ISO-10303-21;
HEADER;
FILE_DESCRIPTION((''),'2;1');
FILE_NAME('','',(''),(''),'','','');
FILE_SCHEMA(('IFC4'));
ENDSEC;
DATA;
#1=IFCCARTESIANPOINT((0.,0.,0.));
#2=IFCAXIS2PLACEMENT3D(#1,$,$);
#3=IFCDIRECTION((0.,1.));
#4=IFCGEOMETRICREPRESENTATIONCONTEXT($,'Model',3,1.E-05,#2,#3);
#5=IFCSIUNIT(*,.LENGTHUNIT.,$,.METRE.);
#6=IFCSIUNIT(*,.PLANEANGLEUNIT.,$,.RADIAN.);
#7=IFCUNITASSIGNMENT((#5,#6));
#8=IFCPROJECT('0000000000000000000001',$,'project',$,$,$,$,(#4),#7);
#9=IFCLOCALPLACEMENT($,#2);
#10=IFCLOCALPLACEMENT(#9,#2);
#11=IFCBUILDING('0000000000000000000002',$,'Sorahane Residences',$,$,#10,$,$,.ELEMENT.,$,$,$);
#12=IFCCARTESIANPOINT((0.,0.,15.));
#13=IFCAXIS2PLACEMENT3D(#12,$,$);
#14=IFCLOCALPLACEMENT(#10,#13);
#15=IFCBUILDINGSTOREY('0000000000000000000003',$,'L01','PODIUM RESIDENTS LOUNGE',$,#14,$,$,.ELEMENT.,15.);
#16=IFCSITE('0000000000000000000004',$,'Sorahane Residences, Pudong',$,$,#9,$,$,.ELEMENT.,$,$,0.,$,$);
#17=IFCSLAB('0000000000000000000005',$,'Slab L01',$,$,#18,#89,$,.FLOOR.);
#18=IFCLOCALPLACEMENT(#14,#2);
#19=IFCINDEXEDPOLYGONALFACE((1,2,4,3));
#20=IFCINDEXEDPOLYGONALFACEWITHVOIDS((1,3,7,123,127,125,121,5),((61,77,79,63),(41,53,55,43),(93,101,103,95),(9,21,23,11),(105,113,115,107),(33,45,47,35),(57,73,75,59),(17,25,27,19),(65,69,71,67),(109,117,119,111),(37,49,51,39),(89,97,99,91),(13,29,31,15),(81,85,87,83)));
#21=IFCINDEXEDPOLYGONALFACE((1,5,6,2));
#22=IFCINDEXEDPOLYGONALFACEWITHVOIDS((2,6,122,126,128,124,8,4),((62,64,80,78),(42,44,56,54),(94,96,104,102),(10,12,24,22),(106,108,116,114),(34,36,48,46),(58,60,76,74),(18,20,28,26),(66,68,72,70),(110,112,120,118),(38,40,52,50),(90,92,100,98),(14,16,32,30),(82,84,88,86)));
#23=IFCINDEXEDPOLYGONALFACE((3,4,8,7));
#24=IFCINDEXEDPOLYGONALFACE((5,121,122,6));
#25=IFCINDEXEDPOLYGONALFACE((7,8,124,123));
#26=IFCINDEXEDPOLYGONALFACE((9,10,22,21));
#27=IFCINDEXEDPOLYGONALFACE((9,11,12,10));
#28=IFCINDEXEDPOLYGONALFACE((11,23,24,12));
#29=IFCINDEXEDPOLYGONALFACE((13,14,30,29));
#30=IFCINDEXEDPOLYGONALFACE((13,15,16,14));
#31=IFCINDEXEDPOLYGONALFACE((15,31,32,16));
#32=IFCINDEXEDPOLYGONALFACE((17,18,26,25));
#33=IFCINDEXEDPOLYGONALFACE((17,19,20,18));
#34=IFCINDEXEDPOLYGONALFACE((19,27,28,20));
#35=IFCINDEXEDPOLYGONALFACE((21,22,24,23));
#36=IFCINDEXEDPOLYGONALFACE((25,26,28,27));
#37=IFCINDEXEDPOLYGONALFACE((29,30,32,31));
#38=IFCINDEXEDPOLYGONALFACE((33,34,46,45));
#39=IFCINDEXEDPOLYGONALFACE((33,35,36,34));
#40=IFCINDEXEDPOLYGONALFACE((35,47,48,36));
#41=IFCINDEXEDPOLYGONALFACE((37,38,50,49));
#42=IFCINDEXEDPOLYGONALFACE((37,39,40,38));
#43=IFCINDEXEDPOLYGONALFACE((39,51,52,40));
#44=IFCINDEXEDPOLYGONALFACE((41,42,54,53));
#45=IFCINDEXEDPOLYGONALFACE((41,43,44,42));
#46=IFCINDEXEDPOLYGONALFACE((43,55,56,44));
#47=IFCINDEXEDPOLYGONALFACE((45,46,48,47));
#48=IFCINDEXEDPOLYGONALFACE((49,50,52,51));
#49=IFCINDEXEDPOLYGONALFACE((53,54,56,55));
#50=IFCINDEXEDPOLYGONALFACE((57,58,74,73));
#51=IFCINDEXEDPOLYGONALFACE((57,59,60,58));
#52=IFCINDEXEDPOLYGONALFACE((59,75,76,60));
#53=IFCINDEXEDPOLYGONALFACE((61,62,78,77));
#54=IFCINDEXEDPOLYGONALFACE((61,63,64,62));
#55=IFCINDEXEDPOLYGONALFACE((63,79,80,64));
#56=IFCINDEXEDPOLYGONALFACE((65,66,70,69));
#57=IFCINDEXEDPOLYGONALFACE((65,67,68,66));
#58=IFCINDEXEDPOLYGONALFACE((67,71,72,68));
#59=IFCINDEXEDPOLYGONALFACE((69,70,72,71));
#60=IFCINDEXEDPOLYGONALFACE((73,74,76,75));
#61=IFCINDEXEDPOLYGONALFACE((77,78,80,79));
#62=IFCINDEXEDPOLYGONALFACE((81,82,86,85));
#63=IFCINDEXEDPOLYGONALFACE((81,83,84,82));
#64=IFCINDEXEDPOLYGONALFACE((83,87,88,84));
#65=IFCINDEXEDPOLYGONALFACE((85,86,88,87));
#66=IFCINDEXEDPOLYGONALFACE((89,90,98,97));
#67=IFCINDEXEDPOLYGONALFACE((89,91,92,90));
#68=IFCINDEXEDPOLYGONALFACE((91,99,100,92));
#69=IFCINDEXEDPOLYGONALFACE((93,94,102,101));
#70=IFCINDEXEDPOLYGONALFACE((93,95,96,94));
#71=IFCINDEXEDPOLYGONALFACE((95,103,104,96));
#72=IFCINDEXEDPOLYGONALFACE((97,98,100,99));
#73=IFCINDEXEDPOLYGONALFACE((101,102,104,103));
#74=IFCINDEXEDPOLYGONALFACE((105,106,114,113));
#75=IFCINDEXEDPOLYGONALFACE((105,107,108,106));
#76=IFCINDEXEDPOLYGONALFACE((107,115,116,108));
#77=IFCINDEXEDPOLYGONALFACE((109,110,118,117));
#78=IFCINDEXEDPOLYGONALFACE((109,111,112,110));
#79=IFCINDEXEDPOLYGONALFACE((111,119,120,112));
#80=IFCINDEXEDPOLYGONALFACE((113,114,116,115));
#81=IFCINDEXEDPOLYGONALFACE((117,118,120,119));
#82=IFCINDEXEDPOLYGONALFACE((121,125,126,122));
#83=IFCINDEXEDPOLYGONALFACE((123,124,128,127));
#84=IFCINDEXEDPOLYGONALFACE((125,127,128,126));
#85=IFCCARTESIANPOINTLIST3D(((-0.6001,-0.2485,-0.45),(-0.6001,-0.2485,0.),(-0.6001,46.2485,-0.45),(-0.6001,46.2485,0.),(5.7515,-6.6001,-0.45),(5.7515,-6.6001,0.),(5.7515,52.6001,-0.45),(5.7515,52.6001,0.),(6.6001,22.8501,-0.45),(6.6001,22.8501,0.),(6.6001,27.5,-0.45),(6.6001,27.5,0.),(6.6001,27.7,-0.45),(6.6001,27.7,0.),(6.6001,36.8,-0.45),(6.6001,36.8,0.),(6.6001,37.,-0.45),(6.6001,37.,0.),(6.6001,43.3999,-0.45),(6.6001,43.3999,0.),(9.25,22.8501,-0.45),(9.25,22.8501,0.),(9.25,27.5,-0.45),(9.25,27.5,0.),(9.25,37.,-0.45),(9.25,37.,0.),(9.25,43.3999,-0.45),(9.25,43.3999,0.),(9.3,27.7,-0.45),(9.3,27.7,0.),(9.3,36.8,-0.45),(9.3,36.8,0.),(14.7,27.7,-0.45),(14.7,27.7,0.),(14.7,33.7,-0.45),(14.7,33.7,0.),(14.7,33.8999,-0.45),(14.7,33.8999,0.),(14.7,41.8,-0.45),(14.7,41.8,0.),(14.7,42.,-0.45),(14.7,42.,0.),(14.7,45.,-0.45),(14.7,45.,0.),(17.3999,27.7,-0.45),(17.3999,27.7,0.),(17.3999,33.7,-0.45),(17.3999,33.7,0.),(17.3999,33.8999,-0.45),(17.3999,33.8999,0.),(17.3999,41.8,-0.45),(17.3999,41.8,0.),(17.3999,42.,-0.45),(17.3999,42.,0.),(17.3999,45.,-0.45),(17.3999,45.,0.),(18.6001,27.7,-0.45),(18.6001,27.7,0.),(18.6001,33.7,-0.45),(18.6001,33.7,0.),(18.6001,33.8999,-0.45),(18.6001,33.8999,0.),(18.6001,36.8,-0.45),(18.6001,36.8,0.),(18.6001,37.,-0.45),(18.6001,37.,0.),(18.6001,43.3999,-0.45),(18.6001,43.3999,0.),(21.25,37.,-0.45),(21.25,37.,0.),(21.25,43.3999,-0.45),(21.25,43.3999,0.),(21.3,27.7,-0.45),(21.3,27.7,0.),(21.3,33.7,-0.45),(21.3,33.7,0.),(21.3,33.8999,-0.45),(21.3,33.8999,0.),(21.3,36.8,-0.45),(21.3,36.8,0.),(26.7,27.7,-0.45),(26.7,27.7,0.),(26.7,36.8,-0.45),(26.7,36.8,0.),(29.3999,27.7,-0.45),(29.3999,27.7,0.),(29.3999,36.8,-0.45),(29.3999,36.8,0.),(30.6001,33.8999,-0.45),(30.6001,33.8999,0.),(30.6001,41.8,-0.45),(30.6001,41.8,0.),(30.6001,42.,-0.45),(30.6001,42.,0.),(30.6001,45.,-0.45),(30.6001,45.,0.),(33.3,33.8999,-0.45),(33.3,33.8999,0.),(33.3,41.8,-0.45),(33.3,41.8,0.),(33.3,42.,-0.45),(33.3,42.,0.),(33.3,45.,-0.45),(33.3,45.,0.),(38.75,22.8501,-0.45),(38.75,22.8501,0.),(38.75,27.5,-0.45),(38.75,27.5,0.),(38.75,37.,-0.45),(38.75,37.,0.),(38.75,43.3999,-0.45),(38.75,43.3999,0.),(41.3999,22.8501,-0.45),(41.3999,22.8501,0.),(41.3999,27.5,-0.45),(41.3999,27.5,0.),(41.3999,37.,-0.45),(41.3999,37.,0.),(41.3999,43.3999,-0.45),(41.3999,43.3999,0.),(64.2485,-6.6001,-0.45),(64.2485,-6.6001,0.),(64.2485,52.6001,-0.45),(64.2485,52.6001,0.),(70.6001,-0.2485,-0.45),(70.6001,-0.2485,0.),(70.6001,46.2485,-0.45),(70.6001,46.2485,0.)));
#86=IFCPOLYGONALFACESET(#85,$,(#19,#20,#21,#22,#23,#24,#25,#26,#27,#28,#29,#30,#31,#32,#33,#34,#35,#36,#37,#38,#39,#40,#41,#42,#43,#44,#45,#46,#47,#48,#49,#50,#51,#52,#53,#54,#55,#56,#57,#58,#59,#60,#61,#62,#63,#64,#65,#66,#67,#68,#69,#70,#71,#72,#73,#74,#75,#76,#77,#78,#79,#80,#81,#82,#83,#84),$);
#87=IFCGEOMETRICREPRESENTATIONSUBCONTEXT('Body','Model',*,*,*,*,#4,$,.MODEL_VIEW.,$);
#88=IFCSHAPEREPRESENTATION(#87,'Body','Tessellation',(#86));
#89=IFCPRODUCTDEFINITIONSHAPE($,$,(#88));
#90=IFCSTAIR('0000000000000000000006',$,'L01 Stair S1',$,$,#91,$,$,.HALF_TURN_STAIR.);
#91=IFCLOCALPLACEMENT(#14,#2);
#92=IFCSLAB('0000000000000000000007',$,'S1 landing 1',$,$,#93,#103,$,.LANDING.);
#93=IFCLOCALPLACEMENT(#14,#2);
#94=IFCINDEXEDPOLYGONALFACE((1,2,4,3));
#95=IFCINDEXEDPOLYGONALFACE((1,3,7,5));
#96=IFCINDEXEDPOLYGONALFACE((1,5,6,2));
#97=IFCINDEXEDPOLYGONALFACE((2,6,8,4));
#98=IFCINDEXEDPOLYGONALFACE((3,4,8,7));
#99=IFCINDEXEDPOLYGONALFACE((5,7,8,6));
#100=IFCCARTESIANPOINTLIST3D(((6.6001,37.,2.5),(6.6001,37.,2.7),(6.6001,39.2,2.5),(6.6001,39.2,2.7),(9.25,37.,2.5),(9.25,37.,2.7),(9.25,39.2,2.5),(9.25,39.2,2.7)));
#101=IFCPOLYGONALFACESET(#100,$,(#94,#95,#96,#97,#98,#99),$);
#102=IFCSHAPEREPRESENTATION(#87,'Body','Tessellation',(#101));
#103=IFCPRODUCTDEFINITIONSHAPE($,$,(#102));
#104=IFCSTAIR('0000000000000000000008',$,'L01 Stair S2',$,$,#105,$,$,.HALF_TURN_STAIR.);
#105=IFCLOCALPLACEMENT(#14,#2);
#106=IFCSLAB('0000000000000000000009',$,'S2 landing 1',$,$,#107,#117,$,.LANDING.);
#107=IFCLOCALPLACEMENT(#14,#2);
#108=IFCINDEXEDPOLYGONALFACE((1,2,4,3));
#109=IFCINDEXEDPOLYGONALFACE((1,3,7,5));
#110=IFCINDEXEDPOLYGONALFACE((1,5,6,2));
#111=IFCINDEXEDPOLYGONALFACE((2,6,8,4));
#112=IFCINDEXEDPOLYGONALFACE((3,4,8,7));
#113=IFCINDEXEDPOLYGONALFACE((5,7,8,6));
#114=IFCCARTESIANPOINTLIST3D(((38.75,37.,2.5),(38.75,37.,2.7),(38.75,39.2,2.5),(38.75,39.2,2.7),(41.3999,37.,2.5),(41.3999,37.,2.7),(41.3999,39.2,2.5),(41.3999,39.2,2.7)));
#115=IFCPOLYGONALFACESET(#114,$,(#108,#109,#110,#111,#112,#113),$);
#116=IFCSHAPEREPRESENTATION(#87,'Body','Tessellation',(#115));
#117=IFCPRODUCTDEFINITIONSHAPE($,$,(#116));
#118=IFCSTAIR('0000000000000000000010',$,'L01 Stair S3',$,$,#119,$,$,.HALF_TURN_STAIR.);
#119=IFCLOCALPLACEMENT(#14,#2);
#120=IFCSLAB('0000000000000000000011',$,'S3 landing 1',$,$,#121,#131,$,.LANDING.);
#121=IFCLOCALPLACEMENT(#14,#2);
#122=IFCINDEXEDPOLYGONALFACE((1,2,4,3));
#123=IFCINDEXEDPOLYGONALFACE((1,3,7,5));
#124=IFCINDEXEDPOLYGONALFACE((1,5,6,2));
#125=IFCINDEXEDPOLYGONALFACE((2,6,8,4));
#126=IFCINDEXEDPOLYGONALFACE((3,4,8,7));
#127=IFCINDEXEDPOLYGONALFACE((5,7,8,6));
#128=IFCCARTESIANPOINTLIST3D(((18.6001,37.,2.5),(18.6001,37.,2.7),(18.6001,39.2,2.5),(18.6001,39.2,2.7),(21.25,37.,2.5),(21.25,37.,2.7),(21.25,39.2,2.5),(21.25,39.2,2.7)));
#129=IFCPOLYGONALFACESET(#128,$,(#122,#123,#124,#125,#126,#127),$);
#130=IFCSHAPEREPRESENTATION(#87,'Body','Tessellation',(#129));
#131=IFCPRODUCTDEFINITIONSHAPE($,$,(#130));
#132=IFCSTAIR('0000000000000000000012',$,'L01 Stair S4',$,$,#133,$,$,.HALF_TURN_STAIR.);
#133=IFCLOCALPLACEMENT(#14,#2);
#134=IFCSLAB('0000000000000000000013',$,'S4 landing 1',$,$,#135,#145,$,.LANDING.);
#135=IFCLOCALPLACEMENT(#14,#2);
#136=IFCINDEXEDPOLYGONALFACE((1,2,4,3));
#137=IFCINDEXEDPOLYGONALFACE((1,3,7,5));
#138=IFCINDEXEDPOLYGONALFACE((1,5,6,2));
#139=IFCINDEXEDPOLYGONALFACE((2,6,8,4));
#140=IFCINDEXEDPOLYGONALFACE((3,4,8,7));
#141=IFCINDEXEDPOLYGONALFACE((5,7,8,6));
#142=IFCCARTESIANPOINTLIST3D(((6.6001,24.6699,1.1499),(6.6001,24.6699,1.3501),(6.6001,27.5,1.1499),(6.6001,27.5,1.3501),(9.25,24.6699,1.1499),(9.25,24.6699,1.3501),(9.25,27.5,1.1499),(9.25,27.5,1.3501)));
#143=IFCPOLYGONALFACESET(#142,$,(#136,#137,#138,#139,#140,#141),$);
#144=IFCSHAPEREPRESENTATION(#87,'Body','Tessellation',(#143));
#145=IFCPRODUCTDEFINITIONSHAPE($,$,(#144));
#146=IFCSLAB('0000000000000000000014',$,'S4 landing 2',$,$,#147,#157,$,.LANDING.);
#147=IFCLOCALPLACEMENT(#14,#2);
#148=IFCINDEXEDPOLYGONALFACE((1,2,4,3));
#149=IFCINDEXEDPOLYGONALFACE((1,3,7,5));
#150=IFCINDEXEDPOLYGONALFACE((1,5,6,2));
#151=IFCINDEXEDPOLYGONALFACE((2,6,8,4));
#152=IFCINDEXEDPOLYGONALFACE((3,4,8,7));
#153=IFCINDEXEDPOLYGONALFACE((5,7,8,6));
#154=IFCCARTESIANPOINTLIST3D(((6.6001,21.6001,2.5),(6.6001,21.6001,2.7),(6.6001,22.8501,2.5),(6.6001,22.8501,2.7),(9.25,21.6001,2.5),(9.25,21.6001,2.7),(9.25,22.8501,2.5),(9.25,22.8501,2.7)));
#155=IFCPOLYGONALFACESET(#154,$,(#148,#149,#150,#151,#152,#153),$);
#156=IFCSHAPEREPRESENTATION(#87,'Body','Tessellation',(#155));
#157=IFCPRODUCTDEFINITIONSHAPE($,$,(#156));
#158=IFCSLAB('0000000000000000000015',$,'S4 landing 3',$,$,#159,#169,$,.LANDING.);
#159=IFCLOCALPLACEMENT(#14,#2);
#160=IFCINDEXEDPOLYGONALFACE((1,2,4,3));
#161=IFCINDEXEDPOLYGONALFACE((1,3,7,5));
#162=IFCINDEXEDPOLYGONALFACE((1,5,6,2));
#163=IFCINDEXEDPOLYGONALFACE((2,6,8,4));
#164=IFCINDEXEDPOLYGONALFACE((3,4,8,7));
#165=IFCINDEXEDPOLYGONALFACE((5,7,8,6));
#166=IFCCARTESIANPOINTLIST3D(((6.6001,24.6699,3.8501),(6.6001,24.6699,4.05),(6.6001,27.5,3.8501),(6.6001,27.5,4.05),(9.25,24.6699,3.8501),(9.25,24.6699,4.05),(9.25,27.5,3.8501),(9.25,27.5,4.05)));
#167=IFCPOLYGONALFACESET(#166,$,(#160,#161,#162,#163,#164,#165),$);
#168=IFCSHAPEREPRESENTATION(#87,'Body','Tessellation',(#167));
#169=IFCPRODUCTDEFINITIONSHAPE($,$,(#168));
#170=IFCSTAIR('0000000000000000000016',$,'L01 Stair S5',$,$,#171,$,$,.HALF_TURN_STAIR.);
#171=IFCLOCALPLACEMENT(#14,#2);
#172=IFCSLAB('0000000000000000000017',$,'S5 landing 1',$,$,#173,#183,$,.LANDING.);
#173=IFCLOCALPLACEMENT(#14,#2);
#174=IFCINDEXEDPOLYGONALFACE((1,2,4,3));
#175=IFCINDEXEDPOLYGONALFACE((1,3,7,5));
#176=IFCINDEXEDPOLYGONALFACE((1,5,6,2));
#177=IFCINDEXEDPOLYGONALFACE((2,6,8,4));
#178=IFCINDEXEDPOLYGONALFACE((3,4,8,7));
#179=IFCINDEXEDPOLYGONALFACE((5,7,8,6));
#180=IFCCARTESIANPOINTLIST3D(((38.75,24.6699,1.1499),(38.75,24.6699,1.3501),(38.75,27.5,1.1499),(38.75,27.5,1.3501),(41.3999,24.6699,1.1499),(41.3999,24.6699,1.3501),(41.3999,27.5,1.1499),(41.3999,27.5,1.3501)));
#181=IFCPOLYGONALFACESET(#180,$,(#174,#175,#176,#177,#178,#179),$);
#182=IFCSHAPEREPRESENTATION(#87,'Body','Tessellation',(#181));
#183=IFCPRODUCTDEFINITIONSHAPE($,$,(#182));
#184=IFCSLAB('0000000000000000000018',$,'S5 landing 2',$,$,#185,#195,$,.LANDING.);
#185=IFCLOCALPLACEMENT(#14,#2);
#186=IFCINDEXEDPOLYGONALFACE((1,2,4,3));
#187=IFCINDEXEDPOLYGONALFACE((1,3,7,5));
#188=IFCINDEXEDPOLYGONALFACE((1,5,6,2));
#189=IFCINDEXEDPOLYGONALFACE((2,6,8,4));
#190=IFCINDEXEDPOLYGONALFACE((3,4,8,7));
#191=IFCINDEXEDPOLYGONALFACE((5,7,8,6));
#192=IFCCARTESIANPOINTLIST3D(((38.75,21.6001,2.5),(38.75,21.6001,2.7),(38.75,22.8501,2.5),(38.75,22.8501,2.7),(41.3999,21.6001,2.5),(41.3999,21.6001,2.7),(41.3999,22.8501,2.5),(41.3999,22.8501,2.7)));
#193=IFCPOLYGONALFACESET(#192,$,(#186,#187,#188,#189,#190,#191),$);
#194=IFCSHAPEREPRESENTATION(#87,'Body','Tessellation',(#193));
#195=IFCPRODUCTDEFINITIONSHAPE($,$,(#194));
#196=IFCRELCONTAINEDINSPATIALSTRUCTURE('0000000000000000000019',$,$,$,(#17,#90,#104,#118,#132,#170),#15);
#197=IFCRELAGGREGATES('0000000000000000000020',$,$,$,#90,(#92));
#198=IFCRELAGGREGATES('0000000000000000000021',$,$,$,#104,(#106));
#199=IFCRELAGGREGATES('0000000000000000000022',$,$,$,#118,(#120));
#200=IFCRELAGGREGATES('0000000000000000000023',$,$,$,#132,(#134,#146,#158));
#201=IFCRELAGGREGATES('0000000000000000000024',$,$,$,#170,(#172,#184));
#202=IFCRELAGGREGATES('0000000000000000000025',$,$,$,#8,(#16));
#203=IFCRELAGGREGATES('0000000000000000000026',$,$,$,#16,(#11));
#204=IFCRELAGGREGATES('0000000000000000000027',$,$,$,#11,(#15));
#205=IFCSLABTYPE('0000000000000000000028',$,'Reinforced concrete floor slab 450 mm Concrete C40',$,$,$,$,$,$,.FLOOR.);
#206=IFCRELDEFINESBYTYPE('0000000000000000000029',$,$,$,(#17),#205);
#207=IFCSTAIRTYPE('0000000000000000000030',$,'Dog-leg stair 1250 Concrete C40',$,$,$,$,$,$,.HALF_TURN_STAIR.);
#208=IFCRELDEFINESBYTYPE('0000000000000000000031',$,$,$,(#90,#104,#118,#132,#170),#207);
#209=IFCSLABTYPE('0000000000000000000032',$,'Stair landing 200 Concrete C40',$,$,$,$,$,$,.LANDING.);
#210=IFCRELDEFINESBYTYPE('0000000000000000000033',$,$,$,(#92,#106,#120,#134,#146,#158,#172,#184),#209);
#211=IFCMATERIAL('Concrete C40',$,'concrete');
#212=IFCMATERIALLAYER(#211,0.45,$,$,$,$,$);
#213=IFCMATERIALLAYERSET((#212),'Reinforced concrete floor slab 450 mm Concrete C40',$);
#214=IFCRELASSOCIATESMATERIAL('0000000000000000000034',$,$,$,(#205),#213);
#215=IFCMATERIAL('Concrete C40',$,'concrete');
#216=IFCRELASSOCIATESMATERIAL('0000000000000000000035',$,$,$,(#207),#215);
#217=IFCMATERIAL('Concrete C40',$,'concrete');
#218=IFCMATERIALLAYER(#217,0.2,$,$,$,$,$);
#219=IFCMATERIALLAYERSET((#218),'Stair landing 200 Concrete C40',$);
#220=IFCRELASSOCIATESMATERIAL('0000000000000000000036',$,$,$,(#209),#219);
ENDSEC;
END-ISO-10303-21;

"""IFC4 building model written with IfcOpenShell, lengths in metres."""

from ifc_helpers import new_model, si_unit, direction, frame, origin, place, context, subcontext, project, spatial, polyline, outline, extrude, material, layer, layer_set, type_object, element, aggregate, save


model = new_model("IFC4")

# Units and contexts
model_context = context("Model", 3, precision=1e-05, world=origin(), true_north=direction((0.0, 1.0)))
body_context = subcontext(model_context, "Body", "Model", "MODEL_VIEW")
ifc_project = project(units=[si_unit("LENGTHUNIT", "METRE"), si_unit("PLANEANGLEUNIT", "RADIAN")], contexts=[model_context])

# Site, building, storey
site_placement = place(None, origin())
site = spatial("IfcSite", under=ifc_project, at=site_placement, Name="Sorahane Residences, Pudong", CompositionType="ELEMENT", RefElevation=0.0)
building_placement = place(site_placement, origin())
building = spatial("IfcBuilding", under=site, at=building_placement, Name="Sorahane Residences", CompositionType="ELEMENT")
storey_placement = place(building_placement, frame((0.0, 0.0, 15.0)))
storey = spatial("IfcBuildingStorey", under=building, at=storey_placement, Name="L01", Description="PODIUM RESIDENTS LOUNGE", CompositionType="ELEMENT", Elevation=15.0)

# Slab
ifc_material_1 = material(Name="Concrete C40", Category="concrete")
ifc_layer_1 = layer(ifc_material_1, 0.45)
ifc_layer_set_1 = layer_set([ifc_layer_1], Name="Reinforced concrete floor slab 450 mm Concrete C40")
slab_type_1 = type_object("IfcSlabType", Name="Reinforced concrete floor slab 450 mm Concrete C40", PredefinedType="FLOOR", material=ifc_layer_set_1)
slab_1_placement = place(storey_placement, frame((0.0, 0.0, -0.45)))
element("IfcSlab", 1, at=slab_1_placement, inside=storey, type_object=slab_type_1, Name="Slab L01", PredefinedType="FLOOR", context=body_context, shape_type="SweptSolid", body=[
    extrude(outline(polyline([(5.7515, -6.6001), (-0.6001, -0.2485), (-0.6001, 46.2485), (5.7515, 52.6001), (64.2485, 52.6001), (70.6001, 46.2485), (70.6001, -0.2485), (64.2485, -6.6001), (5.7515, -6.6001)]), holes=[polyline([(18.6001, 27.7), (21.3, 27.7), (21.3, 33.7), (18.6001, 33.7), (18.6001, 27.7)]), polyline([(30.6001, 42.0), (33.3, 42.0), (33.3, 45.0), (30.6001, 45.0), (30.6001, 42.0)]), polyline([(14.7, 27.7), (17.3999, 27.7), (17.3999, 33.7), (14.7, 33.7), (14.7, 27.7)]), polyline([(14.7, 42.0), (17.3999, 42.0), (17.3999, 45.0), (14.7, 45.0), (14.7, 42.0)]), polyline([(6.6001, 27.7), (9.3, 27.7), (9.3, 36.8), (6.6001, 36.8), (6.6001, 27.7)]), polyline([(6.6001, 43.3999), (6.6001, 37.0), (9.25, 37.0), (9.25, 43.3999), (6.6001, 43.3999)]), polyline([(38.75, 43.3999), (38.75, 37.0), (41.3999, 37.0), (41.3999, 43.3999), (38.75, 43.3999)]), polyline([(18.6001, 43.3999), (18.6001, 37.0), (21.25, 37.0), (21.25, 43.3999), (18.6001, 43.3999)]), polyline([(9.25, 22.8501), (9.25, 27.5), (6.6001, 27.5), (6.6001, 22.8501), (9.25, 22.8501)]), polyline([(41.3999, 22.8501), (41.3999, 27.5), (38.75, 27.5), (38.75, 22.8501), (41.3999, 22.8501)]), polyline([(14.7, 33.8999), (17.3999, 33.8999), (17.3999, 41.8), (14.7, 41.8), (14.7, 33.8999)]), polyline([(30.6001, 33.8999), (33.3, 33.8999), (33.3, 41.8), (30.6001, 41.8), (30.6001, 33.8999)]), polyline([(18.6001, 33.8999), (21.3, 33.8999), (21.3, 36.8), (18.6001, 36.8), (18.6001, 33.8999)]), polyline([(26.7, 27.7), (29.3999, 27.7), (29.3999, 36.8), (26.7, 36.8), (26.7, 27.7)])]), origin(), (0.0, 0.0, 1.0), 0.45),
])

# Stairs, slabs
ifc_material_2 = material(Name="Concrete C40", Category="concrete")
stair_type = type_object("IfcStairType", Name="Dog-leg stair 1250 Concrete C40", PredefinedType="HALF_TURN_STAIR", material=ifc_material_2)
stair_1_placement = place(storey_placement, origin())
stair_1 = element("IfcStair", 2, at=stair_1_placement, inside=storey, type_object=stair_type, Name="L01 Stair S1", PredefinedType="HALF_TURN_STAIR")
ifc_material_3 = material(Name="Concrete C40", Category="concrete")
ifc_layer_2 = layer(ifc_material_3, 0.2)
ifc_layer_set_2 = layer_set([ifc_layer_2], Name="Stair landing 200 Concrete C40")
slab_type_2 = type_object("IfcSlabType", Name="Stair landing 200 Concrete C40", PredefinedType="LANDING", material=ifc_layer_set_2)
slab_2_placement = place(storey_placement, frame((0.0, 0.0, 2.5)))
slab_2 = element("IfcSlab", 3, at=slab_2_placement, type_object=slab_type_2, Name="S1 landing 1", PredefinedType="LANDING", context=body_context, shape_type="SweptSolid", body=[
    extrude(outline(polyline([(6.6001, 39.2), (6.6001, 37.0), (9.25, 37.0), (9.25, 39.2), (6.6001, 39.2)])), origin(), (0.0, 0.0, 1.0), 0.2),
])
aggregate(stair_1, [slab_2])
stair_2_placement = place(storey_placement, origin())
stair_2 = element("IfcStair", 4, at=stair_2_placement, inside=storey, type_object=stair_type, Name="L01 Stair S2", PredefinedType="HALF_TURN_STAIR")
slab_3_placement = place(storey_placement, frame((0.0, 0.0, 2.5)))
slab_3 = element("IfcSlab", 5, at=slab_3_placement, type_object=slab_type_2, Name="S2 landing 1", PredefinedType="LANDING", context=body_context, shape_type="SweptSolid", body=[
    extrude(outline(polyline([(38.75, 39.2), (38.75, 37.0), (41.3999, 37.0), (41.3999, 39.2), (38.75, 39.2)])), origin(), (0.0, 0.0, 1.0), 0.2),
])
aggregate(stair_2, [slab_3])
stair_3_placement = place(storey_placement, origin())
stair_3 = element("IfcStair", 6, at=stair_3_placement, inside=storey, type_object=stair_type, Name="L01 Stair S3", PredefinedType="HALF_TURN_STAIR")
slab_4_placement = place(storey_placement, frame((0.0, 0.0, 2.5)))
slab_4 = element("IfcSlab", 7, at=slab_4_placement, type_object=slab_type_2, Name="S3 landing 1", PredefinedType="LANDING", context=body_context, shape_type="SweptSolid", body=[
    extrude(outline(polyline([(18.6001, 39.2), (18.6001, 37.0), (21.25, 37.0), (21.25, 39.2), (18.6001, 39.2)])), origin(), (0.0, 0.0, 1.0), 0.2),
])
aggregate(stair_3, [slab_4])

# Stairs, slabs
stair_4_placement = place(storey_placement, origin())
stair_4 = element("IfcStair", 8, at=stair_4_placement, inside=storey, type_object=stair_type, Name="L01 Stair S4", PredefinedType="HALF_TURN_STAIR")
slab_5_placement = place(storey_placement, frame((0.0, 0.0, 1.1499)))
slab_5 = element("IfcSlab", 9, at=slab_5_placement, type_object=slab_type_2, Name="S4 landing 1", PredefinedType="LANDING", context=body_context, shape_type="SweptSolid", body=[
    extrude(outline(polyline([(9.25, 24.6699), (9.25, 27.5), (6.6001, 27.5), (6.6001, 24.6699), (9.25, 24.6699)])), origin(), (0.0, 0.0, 1.0), 0.2002),
])
slab_6_placement = place(storey_placement, frame((0.0, 0.0, 2.5)))
slab_6 = element("IfcSlab", 10, at=slab_6_placement, type_object=slab_type_2, Name="S4 landing 2", PredefinedType="LANDING", context=body_context, shape_type="SweptSolid", body=[
    extrude(outline(polyline([(9.25, 21.6001), (9.25, 22.8501), (6.6001, 22.8501), (6.6001, 21.6001), (9.25, 21.6001)])), origin(), (0.0, 0.0, 1.0), 0.2),
])
slab_7_placement = place(storey_placement, frame((0.0, 0.0, 3.8501)))
slab_7 = element("IfcSlab", 11, at=slab_7_placement, type_object=slab_type_2, Name="S4 landing 3", PredefinedType="LANDING", context=body_context, shape_type="SweptSolid", body=[
    extrude(outline(polyline([(9.25, 24.6699), (9.25, 27.5), (6.6001, 27.5), (6.6001, 24.6699), (9.25, 24.6699)])), origin(), (0.0, 0.0, 1.0), 0.2),
])
aggregate(stair_4, [slab_5, slab_6, slab_7])
stair_5_placement = place(storey_placement, origin())
stair_5 = element("IfcStair", 12, at=stair_5_placement, inside=storey, type_object=stair_type, Name="L01 Stair S5", PredefinedType="HALF_TURN_STAIR")
slab_8_placement = place(storey_placement, frame((0.0, 0.0, 1.1499)))
slab_8 = element("IfcSlab", 13, at=slab_8_placement, type_object=slab_type_2, Name="S5 landing 1", PredefinedType="LANDING", context=body_context, shape_type="SweptSolid", body=[
    extrude(outline(polyline([(41.3999, 24.6699), (41.3999, 27.5), (38.75, 27.5), (38.75, 24.6699), (41.3999, 24.6699)])), origin(), (0.0, 0.0, 1.0), 0.2002),
])
slab_9_placement = place(storey_placement, frame((0.0, 0.0, 2.5)))
slab_9 = element("IfcSlab", 14, at=slab_9_placement, type_object=slab_type_2, Name="S5 landing 2", PredefinedType="LANDING", context=body_context, shape_type="SweptSolid", body=[
    extrude(outline(polyline([(41.3999, 21.6001), (41.3999, 22.8501), (38.75, 22.8501), (38.75, 21.6001), (41.3999, 21.6001)])), origin(), (0.0, 0.0, 1.0), 0.2),
])
aggregate(stair_5, [slab_8, slab_9])

save(model, "model.ifc")
